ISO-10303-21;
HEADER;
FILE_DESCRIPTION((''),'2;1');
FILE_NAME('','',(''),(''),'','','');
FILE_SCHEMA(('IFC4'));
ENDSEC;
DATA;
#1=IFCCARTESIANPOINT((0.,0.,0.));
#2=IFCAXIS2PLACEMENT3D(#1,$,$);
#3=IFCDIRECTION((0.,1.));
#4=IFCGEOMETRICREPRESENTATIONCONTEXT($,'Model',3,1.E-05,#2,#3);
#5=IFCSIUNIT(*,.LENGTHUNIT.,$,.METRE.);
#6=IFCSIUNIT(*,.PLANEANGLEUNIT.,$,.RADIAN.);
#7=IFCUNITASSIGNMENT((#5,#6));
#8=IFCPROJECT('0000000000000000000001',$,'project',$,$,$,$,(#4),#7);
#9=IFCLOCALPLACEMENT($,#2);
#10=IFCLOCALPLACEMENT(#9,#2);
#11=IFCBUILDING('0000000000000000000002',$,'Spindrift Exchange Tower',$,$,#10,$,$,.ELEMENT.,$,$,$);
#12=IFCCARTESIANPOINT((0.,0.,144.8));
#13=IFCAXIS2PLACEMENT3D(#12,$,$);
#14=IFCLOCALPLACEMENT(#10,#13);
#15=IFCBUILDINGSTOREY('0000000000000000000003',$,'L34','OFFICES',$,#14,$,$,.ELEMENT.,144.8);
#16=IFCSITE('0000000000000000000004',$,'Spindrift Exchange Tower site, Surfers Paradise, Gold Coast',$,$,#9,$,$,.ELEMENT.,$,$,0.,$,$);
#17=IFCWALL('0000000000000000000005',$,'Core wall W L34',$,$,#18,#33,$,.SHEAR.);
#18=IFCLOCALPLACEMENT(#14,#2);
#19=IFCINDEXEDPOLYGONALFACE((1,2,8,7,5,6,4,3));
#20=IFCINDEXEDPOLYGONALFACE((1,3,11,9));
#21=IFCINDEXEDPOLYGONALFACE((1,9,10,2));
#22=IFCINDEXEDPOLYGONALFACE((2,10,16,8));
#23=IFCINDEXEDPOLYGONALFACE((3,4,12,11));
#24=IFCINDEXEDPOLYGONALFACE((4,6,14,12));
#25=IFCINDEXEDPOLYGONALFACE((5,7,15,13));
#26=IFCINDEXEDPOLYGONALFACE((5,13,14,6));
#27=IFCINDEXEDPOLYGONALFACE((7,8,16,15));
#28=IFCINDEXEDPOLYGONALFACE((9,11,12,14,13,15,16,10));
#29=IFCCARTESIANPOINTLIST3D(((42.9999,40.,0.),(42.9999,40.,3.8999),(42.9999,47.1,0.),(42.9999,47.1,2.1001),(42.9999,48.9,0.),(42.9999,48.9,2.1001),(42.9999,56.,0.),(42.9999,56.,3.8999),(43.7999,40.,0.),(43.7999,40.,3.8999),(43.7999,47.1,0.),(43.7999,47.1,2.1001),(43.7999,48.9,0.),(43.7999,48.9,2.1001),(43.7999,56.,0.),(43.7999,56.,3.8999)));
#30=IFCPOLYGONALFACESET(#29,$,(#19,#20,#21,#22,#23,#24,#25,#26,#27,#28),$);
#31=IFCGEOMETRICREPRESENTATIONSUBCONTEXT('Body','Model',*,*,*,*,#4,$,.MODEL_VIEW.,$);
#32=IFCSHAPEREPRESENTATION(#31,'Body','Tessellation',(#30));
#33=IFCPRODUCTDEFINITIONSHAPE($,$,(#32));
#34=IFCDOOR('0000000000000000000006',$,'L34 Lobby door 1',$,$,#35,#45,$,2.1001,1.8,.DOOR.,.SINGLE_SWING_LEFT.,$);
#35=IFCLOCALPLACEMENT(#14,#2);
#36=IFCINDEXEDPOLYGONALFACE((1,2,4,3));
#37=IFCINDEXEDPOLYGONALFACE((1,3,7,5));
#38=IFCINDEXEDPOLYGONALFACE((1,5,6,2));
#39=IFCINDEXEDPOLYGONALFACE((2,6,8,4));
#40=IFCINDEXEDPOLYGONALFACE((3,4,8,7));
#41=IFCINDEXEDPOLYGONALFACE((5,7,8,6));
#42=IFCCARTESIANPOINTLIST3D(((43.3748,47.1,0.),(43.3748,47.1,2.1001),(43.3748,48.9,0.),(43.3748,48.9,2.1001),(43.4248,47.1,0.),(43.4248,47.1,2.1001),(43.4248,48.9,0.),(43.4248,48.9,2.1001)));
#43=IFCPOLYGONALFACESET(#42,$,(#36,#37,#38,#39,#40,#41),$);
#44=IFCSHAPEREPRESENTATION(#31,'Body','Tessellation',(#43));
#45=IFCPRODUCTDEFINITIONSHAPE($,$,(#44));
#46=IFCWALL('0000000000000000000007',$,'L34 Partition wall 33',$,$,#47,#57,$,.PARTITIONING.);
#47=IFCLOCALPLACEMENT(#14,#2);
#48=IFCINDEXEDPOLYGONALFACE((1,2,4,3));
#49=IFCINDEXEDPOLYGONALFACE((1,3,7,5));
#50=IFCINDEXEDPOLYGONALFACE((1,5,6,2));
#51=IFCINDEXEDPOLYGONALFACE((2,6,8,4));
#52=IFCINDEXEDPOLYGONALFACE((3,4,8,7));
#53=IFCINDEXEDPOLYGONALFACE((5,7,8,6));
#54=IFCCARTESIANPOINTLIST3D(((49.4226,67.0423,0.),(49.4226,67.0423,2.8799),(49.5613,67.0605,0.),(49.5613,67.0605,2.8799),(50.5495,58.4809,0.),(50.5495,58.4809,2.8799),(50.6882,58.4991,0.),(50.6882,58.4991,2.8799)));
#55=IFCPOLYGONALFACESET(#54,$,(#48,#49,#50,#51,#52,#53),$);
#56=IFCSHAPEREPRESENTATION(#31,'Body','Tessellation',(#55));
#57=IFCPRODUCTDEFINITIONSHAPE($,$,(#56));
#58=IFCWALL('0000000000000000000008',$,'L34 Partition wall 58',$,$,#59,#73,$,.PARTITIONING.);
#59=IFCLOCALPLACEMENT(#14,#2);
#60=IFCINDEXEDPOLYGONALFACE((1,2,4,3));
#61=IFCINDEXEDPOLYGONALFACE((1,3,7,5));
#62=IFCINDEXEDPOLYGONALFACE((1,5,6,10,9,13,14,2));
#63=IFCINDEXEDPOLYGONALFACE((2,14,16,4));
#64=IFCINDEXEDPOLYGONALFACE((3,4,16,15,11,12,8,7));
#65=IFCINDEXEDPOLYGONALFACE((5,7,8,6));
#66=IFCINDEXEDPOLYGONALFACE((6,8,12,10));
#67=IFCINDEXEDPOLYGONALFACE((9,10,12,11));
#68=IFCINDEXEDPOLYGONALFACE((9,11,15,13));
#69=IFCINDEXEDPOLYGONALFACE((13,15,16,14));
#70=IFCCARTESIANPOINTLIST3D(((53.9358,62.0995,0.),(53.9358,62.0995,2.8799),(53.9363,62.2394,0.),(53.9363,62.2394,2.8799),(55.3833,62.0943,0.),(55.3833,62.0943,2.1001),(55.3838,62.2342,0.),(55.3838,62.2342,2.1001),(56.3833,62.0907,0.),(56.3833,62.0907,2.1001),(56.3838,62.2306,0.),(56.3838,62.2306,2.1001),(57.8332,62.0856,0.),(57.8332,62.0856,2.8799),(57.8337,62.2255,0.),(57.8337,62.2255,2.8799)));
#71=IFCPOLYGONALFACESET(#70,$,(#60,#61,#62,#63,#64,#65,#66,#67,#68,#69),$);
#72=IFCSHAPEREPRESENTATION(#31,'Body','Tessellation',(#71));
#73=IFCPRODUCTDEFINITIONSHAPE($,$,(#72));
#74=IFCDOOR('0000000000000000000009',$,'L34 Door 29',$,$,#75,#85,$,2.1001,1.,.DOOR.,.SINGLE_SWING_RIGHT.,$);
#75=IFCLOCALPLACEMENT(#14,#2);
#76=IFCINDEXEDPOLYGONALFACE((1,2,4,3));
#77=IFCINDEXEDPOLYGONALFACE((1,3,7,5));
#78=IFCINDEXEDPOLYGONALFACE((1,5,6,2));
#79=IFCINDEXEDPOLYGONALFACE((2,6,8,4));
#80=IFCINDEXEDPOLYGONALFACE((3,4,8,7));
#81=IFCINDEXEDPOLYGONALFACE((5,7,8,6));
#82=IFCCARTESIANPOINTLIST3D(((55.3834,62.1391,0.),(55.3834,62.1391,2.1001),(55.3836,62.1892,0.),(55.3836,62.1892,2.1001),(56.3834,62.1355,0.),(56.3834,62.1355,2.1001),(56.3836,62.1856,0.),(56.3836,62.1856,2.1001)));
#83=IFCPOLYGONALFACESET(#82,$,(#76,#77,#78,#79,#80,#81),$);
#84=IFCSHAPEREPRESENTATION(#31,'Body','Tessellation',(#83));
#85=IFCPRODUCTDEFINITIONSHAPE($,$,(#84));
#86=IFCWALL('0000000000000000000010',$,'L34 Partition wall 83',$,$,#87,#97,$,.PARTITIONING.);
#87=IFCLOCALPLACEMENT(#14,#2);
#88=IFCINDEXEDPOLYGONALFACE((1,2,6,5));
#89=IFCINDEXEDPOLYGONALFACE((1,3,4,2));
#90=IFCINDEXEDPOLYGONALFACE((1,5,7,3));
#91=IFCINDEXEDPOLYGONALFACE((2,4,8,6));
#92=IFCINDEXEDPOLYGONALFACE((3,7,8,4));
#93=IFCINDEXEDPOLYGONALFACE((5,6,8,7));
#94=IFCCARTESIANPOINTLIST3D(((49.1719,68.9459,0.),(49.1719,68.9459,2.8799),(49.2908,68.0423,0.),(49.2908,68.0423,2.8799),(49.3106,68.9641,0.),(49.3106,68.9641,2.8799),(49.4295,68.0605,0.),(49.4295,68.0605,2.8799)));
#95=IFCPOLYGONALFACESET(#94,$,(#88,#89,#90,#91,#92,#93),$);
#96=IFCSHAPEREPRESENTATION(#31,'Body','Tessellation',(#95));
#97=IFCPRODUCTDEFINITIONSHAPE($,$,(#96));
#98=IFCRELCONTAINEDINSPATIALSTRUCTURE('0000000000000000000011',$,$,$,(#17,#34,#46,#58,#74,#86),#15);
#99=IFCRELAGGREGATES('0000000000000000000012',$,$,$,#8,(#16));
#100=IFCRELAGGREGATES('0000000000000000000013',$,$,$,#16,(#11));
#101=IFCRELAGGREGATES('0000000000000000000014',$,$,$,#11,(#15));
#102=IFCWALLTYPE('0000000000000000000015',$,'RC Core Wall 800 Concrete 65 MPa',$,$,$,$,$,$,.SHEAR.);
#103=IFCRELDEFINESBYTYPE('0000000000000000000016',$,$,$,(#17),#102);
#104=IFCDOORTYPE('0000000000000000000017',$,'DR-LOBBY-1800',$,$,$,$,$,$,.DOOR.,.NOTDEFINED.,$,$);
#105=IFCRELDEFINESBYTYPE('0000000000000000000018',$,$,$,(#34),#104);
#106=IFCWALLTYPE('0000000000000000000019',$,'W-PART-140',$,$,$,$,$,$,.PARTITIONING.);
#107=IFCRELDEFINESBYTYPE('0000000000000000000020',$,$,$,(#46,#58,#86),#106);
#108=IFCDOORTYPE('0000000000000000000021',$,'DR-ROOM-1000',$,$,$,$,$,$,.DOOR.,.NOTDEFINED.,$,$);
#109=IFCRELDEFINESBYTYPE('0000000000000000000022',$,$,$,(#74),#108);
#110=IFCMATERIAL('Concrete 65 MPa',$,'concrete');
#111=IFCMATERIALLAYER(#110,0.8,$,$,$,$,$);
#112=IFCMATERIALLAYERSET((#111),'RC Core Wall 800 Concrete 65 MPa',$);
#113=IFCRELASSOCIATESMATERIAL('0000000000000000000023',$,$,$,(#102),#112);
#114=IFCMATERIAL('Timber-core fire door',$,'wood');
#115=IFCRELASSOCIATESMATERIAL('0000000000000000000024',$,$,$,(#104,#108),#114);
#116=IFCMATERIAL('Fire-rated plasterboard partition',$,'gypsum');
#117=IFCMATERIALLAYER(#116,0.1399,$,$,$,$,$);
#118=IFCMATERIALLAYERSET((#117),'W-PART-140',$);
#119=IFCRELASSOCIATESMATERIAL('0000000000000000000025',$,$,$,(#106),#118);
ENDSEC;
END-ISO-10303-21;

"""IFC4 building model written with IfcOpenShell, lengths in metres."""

from ifc_helpers import new_model, si_unit, direction, frame, frame_2d, origin, place, context, subcontext, project, spatial, rectangle, extrude, source, transform, mapped, material, layer, layer_set, type_object, element, fill, save


model = new_model("IFC4")

# Units and contexts
model_context = context("Model", 3, precision=1e-05, world=origin(), true_north=direction((0.0, 1.0)))
body_context = subcontext(model_context, "Body", "Model", "MODEL_VIEW")
ifc_project = project(units=[si_unit("LENGTHUNIT", "METRE"), si_unit("PLANEANGLEUNIT", "RADIAN")], contexts=[model_context])

# Site, building, storey
site_placement = place(None, origin())
site = spatial("IfcSite", under=ifc_project, at=site_placement, Name="Spindrift Exchange Tower site, Surfers Paradise, Gold Coast", CompositionType="ELEMENT", RefElevation=0.0)
building_placement = place(site_placement, origin())
building = spatial("IfcBuilding", under=site, at=building_placement, Name="Spindrift Exchange Tower", CompositionType="ELEMENT")
storey_placement = place(building_placement, frame((0.0, 0.0, 144.8)))
storey = spatial("IfcBuildingStorey", under=building, at=storey_placement, Name="L34", Description="OFFICES", CompositionType="ELEMENT", Elevation=144.8)

# Wall, opening, door
ifc_material_1 = material(Name="Concrete 65 MPa", Category="concrete")
ifc_layer_1 = layer(ifc_material_1, 0.8)
ifc_layer_set_1 = layer_set([ifc_layer_1], Name="RC Core Wall 800 Concrete 65 MPa")
wall_type_1 = type_object("IfcWallType", Name="RC Core Wall 800 Concrete 65 MPa", PredefinedType="SHEAR", material=ifc_layer_set_1)
wall_1_placement = place(storey_placement, frame((43.3999, 56.0, 0.0), z_axis=(0.0, 0.0, 1.0), x_axis=(0.0, -1.0, 0.0)))
wall_1 = element("IfcWall", 1, at=wall_1_placement, inside=storey, type_object=wall_type_1, Name="Core wall W L34", PredefinedType="SHEAR", context=body_context, shape_type="SweptSolid", body=[
    extrude(rectangle(XDim=16.0, YDim=0.8, at=frame_2d((8.0, 0.0))), origin(), (0.0, 0.0, 1.0), 3.8999),
])
opening_1_placement = place(wall_1_placement, frame((7.1001, 0.0, 0.0)))
opening_1 = element("IfcOpeningElement", 2, at=opening_1_placement, cuts=wall_1, PredefinedType="OPENING", context=body_context, shape_type="SweptSolid", body=[
    extrude(rectangle(XDim=1.8, YDim=2.1001, at=frame_2d((0.8999, 1.05))), frame((0.0, 0.4099, 0.0), z_axis=(0.0, -1.0, 0.0), x_axis=(1.0, 0.0, 0.0)), (0.0, 0.0, 1.0), 0.8201),
])
ifc_material_2 = material(Name="Timber-core fire door", Category="wood")
door_type_1 = type_object("IfcDoorType", Name="DR-LOBBY-1800", OperationType="NOTDEFINED", PredefinedType="DOOR", material=ifc_material_2)
shared_shape_1 = source(origin(), body_context, "Body", "SweptSolid", [
    extrude(rectangle(XDim=1.8, YDim=2.1001, at=frame_2d((0.8999, 1.05))), frame((0.0, 0.0249, 0.0), z_axis=(0.0, -1.0, 0.0), x_axis=(1.0, 0.0, 0.0)), (0.0, 0.0, 1.0), 0.05),
])
door_1_placement = place(opening_1_placement, origin())
door_1 = element("IfcDoor", 3, at=door_1_placement, inside=storey, type_object=door_type_1, Name="L34 Lobby door 1", OperationType="SINGLE_SWING_LEFT", OverallHeight=2.1001, OverallWidth=1.8, PredefinedType="DOOR", context=body_context, shape_type="MappedRepresentation", body=[
    mapped(shared_shape_1, transform((0.0, 0.0, 0.0), scale=1.0)),
])
fill(opening_1, door_1)

# Wall
ifc_material_3 = material(Name="Fire-rated plasterboard partition", Category="gypsum")
ifc_layer_2 = layer(ifc_material_3, 0.1399)
ifc_layer_set_2 = layer_set([ifc_layer_2], Name="W-PART-140")
wall_type_2 = type_object("IfcWallType", Name="W-PART-140", PredefinedType="PARTITIONING", material=ifc_layer_set_2)
wall_2_placement = place(storey_placement, frame((50.6189, 58.49, 0.0), z_axis=(0.0, 0.0, 1.0), x_axis=(-0.130508, 0.991447, 0.0)))
element("IfcWall", 4, at=wall_2_placement, inside=storey, type_object=wall_type_2, Name="L34 Partition wall 33", PredefinedType="PARTITIONING", context=body_context, shape_type="SweptSolid", body=[
    extrude(rectangle(XDim=8.6353, YDim=0.1399, at=frame_2d((4.3176, 0.0))), origin(), (0.0, 0.0, 1.0), 2.8799),
])

# Wall, opening, door
wall_3_placement = place(storey_placement, frame((53.936, 62.1694, 0.0), z_axis=(0.0, 0.0, 1.0), x_axis=(0.999994, -0.003571, 0.0)))
wall_3 = element("IfcWall", 5, at=wall_3_placement, inside=storey, type_object=wall_type_2, Name="L34 Partition wall 58", PredefinedType="PARTITIONING", context=body_context, shape_type="SweptSolid", body=[
    extrude(rectangle(XDim=3.8975, YDim=0.1399, at=frame_2d((1.9487, 0.0))), origin(), (0.0, 0.0, 1.0), 2.8799),
])
opening_2_placement = place(wall_3_placement, frame((1.4475, 0.0, 0.0)))
opening_2 = element("IfcOpeningElement", 6, at=opening_2_placement, cuts=wall_3, PredefinedType="OPENING", context=body_context, shape_type="SweptSolid", body=[
    extrude(rectangle(XDim=1.0, YDim=2.1001, at=frame_2d((0.5, 1.05))), frame((0.0, 0.0798, 0.0), z_axis=(0.0, -1.0, 0.0), x_axis=(1.0, 0.0, 0.0)), (0.0, 0.0, 1.0), 0.1599),
])
door_type_2 = type_object("IfcDoorType", Name="DR-ROOM-1000", OperationType="NOTDEFINED", PredefinedType="DOOR", material=ifc_material_2)
shared_shape_2 = source(origin(), body_context, "Body", "SweptSolid", [
    extrude(rectangle(XDim=1.0, YDim=2.1001, at=frame_2d((0.5, 1.05))), frame((0.0, 0.0249, 0.0), z_axis=(0.0, -1.0, 0.0), x_axis=(1.0, 0.0, 0.0)), (0.0, 0.0, 1.0), 0.05),
])
door_2_placement = place(opening_2_placement, origin())
door_2 = element("IfcDoor", 7, at=door_2_placement, inside=storey, type_object=door_type_2, Name="L34 Door 29", OperationType="SINGLE_SWING_RIGHT", OverallHeight=2.1001, OverallWidth=1.0, PredefinedType="DOOR", context=body_context, shape_type="MappedRepresentation", body=[
    mapped(shared_shape_2, transform((0.0, 0.0, 0.0), scale=1.0)),
])
fill(opening_2, door_2)

# Wall
wall_4_placement = place(storey_placement, frame((49.3601, 68.0515, 0.0), z_axis=(0.0, 0.0, 1.0), x_axis=(-0.130461, 0.991453, 0.0)))
element("IfcWall", 8, at=wall_4_placement, inside=storey, type_object=wall_type_2, Name="L34 Partition wall 83", PredefinedType="PARTITIONING", context=body_context, shape_type="SweptSolid", body=[
    extrude(rectangle(XDim=0.9114, YDim=0.1399, at=frame_2d((0.4556, 0.0))), origin(), (0.0, 0.0, 1.0), 2.8799),
])

save(model, "model.ifc")
